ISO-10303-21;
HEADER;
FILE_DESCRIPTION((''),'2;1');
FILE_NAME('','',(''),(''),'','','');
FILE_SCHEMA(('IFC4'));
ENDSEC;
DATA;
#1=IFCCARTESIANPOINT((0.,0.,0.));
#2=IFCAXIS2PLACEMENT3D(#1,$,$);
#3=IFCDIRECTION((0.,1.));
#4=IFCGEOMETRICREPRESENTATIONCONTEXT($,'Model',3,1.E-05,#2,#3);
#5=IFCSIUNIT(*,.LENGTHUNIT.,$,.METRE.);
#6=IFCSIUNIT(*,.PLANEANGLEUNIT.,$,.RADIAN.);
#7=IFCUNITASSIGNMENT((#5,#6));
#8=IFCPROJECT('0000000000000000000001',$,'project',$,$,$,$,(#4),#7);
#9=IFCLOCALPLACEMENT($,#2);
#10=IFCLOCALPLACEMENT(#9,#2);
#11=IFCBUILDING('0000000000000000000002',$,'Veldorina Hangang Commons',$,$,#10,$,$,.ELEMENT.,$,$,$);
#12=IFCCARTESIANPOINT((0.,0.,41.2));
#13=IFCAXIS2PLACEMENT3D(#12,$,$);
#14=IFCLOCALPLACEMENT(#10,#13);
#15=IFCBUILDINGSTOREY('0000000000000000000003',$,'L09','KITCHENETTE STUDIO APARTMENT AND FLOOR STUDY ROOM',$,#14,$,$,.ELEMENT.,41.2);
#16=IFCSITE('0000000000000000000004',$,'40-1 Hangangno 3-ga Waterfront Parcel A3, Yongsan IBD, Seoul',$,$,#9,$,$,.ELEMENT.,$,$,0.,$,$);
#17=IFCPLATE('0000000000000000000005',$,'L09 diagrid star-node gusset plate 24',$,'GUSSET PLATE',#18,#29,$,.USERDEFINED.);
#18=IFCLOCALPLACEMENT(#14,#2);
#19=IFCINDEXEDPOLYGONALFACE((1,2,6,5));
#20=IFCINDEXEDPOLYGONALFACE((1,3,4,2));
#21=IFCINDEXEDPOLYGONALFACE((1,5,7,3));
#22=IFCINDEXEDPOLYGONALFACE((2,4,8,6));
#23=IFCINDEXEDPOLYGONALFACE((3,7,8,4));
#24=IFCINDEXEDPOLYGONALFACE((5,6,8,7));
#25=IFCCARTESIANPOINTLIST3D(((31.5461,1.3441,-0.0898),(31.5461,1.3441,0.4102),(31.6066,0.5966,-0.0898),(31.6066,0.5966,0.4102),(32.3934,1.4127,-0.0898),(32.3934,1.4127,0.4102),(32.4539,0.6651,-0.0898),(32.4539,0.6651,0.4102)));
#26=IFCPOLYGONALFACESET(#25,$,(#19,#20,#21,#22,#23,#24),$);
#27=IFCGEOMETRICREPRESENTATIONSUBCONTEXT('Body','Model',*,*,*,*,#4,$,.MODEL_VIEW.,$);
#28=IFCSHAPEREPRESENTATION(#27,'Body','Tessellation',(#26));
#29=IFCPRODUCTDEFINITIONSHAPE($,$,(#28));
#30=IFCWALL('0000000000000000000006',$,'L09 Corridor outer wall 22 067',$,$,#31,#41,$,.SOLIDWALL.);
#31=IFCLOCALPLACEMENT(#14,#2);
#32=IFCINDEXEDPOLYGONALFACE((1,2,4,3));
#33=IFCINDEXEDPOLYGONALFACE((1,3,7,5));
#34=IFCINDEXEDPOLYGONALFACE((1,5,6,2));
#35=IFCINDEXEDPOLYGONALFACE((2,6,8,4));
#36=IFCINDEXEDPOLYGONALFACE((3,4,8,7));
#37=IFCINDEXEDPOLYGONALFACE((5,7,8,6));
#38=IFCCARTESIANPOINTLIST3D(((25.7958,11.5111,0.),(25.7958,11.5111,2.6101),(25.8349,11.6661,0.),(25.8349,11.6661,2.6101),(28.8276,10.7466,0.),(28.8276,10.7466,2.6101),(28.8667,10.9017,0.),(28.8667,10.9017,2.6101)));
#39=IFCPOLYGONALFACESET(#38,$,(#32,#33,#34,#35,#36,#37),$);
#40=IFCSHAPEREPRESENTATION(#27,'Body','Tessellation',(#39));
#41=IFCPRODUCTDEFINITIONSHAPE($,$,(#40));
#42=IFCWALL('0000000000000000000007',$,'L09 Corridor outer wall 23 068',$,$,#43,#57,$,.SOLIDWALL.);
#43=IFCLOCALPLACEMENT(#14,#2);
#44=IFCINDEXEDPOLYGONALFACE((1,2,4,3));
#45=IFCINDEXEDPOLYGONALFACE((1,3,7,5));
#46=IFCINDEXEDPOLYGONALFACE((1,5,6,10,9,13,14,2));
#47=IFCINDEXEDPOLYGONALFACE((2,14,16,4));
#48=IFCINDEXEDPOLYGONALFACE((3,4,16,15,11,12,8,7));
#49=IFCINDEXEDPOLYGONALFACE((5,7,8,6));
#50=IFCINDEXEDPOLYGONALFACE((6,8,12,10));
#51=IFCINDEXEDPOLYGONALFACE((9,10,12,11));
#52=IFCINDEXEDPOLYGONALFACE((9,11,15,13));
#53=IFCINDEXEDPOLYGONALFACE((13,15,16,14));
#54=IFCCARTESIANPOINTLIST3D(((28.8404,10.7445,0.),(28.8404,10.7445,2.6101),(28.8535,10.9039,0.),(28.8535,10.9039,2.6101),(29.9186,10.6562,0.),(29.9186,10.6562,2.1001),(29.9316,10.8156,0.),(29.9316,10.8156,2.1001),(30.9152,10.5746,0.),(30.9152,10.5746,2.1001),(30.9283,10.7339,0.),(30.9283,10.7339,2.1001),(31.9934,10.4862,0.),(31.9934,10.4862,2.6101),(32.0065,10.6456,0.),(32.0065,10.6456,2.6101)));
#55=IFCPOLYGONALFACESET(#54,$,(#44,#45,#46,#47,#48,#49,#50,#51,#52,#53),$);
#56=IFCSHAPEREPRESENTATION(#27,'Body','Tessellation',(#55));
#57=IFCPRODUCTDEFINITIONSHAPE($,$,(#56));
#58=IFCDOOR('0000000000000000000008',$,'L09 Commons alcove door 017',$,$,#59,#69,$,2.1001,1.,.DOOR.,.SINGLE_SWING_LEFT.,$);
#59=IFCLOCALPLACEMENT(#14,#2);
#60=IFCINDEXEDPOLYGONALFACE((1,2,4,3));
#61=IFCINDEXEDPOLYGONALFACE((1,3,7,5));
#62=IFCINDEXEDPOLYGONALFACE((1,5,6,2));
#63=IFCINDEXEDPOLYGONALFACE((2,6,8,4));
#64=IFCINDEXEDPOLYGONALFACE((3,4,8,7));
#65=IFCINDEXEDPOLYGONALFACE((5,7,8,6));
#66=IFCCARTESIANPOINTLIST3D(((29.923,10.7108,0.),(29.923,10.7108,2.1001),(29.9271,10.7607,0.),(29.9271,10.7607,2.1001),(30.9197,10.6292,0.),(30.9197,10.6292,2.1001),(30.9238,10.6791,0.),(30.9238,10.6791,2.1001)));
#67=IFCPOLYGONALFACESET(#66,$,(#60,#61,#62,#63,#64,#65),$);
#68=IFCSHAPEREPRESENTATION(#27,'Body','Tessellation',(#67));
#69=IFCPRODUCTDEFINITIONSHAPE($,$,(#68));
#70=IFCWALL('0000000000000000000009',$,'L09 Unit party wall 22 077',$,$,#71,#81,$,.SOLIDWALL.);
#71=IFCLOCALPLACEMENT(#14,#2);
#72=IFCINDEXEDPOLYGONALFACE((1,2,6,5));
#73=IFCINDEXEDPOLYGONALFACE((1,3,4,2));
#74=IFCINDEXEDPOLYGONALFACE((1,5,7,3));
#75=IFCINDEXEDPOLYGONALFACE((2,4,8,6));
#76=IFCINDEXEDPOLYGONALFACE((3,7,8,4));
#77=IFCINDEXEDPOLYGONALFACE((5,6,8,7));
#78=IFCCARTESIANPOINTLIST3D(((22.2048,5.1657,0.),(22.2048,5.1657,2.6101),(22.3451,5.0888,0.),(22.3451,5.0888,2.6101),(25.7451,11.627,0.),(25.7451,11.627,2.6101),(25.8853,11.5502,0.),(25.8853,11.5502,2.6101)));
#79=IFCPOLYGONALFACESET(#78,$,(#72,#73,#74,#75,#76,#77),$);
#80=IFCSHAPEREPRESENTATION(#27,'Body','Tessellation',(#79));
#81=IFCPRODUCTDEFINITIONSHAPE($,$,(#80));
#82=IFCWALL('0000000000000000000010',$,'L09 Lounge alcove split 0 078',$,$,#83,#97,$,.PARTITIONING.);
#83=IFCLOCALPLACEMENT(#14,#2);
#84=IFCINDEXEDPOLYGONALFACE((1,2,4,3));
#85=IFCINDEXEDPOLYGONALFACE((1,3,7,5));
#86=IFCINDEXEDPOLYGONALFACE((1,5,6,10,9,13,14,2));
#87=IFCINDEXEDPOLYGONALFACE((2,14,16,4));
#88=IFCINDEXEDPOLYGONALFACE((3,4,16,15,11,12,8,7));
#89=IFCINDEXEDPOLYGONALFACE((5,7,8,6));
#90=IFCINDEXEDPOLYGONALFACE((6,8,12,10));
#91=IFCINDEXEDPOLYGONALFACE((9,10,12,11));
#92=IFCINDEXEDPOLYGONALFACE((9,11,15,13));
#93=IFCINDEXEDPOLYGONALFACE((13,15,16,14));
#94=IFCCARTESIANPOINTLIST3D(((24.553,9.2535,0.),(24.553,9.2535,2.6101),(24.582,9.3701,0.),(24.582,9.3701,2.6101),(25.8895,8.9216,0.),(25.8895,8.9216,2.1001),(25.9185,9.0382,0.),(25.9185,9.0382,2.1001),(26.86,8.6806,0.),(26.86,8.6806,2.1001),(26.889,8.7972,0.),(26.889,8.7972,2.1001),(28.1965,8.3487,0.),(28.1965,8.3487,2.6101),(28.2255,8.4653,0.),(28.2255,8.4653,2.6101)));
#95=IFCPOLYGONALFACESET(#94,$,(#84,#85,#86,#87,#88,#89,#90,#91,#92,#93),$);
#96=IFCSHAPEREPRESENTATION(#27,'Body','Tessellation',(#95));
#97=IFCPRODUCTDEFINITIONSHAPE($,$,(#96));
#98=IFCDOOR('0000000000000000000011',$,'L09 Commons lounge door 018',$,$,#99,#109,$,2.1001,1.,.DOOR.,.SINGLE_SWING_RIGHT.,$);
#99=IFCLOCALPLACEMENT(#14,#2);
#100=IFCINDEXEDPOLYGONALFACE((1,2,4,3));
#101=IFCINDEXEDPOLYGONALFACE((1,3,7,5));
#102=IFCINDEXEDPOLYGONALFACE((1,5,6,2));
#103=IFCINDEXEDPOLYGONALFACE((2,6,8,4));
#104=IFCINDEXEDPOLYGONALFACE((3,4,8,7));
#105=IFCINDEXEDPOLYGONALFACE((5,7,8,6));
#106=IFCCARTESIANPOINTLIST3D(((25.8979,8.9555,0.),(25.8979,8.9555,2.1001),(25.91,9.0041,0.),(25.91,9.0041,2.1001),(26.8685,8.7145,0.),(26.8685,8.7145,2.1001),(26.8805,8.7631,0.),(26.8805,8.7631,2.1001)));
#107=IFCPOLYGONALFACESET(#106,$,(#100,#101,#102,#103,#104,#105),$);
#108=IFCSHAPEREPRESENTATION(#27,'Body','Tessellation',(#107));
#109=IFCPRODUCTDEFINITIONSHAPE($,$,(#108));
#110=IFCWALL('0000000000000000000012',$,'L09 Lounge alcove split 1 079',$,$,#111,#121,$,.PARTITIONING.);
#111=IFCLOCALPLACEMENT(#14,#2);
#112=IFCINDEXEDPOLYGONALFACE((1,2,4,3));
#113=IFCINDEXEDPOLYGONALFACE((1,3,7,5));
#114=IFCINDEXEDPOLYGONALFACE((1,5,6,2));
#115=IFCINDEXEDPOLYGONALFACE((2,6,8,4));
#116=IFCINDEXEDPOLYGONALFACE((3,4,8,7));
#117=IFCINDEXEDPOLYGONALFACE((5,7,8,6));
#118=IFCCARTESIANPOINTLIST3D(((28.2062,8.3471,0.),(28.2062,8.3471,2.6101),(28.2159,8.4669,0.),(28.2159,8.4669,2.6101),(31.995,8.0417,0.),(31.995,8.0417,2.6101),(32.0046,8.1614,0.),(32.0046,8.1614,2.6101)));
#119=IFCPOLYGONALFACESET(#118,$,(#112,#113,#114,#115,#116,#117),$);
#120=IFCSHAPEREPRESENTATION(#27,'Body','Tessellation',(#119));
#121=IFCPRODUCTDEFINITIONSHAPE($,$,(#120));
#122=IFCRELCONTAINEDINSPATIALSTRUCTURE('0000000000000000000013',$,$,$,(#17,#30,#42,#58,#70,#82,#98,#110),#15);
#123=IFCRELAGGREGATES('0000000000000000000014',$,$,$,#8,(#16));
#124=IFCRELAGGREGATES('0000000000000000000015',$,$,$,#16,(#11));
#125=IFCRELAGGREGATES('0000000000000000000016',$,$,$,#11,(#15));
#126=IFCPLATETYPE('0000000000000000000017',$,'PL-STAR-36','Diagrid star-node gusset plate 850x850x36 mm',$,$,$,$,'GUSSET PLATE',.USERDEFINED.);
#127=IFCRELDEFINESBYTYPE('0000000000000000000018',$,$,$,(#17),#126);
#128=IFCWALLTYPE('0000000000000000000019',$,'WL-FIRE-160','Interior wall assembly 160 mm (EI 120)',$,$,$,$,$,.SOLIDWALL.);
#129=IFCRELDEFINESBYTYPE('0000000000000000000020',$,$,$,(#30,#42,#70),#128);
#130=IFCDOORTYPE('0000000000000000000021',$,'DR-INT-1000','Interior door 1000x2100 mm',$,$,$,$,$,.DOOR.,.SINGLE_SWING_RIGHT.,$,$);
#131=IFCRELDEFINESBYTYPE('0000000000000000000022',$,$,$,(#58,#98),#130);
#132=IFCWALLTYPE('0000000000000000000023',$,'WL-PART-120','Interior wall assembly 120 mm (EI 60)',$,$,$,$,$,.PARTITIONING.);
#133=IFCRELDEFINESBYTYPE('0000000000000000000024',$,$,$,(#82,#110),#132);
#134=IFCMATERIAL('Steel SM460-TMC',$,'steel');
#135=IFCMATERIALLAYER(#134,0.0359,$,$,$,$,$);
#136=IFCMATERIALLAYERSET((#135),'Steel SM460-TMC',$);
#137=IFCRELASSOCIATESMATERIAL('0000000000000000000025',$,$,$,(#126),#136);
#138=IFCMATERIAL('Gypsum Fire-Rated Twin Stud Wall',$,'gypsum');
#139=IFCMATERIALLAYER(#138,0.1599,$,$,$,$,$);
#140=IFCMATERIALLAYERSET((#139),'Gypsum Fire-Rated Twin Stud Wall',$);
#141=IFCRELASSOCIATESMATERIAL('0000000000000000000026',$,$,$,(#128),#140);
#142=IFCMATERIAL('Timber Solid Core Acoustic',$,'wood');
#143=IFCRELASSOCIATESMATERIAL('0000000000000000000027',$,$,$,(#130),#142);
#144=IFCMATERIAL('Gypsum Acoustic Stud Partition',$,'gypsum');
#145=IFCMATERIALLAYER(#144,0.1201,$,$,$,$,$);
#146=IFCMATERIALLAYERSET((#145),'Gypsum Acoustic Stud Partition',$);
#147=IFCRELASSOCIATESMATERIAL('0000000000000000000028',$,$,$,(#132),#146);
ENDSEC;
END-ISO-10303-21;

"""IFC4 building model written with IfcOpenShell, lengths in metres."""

from ifc_helpers import new_model, si_unit, direction, frame, frame_2d, origin, origin_2d, place, context, subcontext, project, spatial, rectangle, extrude, material, layer, layer_set, type_object, element, fill, save


model = new_model("IFC4")

# Units and contexts
model_context = context("Model", 3, precision=1e-05, world=origin(), true_north=direction((0.0, 1.0)))
body_context = subcontext(model_context, "Body", "Model", "MODEL_VIEW")
ifc_project = project(units=[si_unit("LENGTHUNIT", "METRE"), si_unit("PLANEANGLEUNIT", "RADIAN")], contexts=[model_context])

# Site, building, storey
site_placement = place(None, origin())
site = spatial("IfcSite", under=ifc_project, at=site_placement, Name="40-1 Hangangno 3-ga Waterfront Parcel A3, Yongsan IBD, Seoul", CompositionType="ELEMENT", RefElevation=0.0)
building_placement = place(site_placement, origin())
building = spatial("IfcBuilding", under=site, at=building_placement, Name="Veldorina Hangang Commons", CompositionType="ELEMENT")
storey_placement = place(building_placement, frame((0.0, 0.0, 41.2)))
storey = spatial("IfcBuildingStorey", under=building, at=storey_placement, Name="L09", Description="KITCHENETTE STUDIO APARTMENT AND FLOOR STUDY ROOM", CompositionType="ELEMENT", Elevation=41.2)

# Shared definitions
ifc_material_1 = material(Name="Steel SM460-TMC", Category="steel")

# Plate
ifc_layer_1 = layer(ifc_material_1, 0.0359)
ifc_layer_set_1 = layer_set([ifc_layer_1], Name="Steel SM460-TMC")
plate_type_1 = type_object("IfcPlateType", Name="PL-STAR-36", Description="Diagrid star-node gusset plate 850x850x36 mm", ElementType="GUSSET PLATE", PredefinedType="USERDEFINED", material=ifc_layer_set_1)
plate_1_placement = place(storey_placement, frame((32.0, 1.0046, -0.0898), z_axis=(0.0, 0.0, 1.0), x_axis=(0.996742, 0.080651, 0.0)))
element("IfcPlate", 1, at=plate_1_placement, inside=storey, type_object=plate_type_1, Name="L09 diagrid star-node gusset plate 24", ObjectType="GUSSET PLATE", PredefinedType="USERDEFINED", context=body_context, shape_type="SweptSolid", body=[
    extrude(rectangle(XDim=0.8501, YDim=0.75, at=origin_2d()), origin(), (0.0, 0.0, 1.0), 0.5),
])

# Wall
ifc_material_2 = material(Name="Gypsum Fire-Rated Twin Stud Wall", Category="gypsum")
ifc_layer_2 = layer(ifc_material_2, 0.1599)
ifc_layer_set_2 = layer_set([ifc_layer_2], Name="Gypsum Fire-Rated Twin Stud Wall")
wall_type_1 = type_object("IfcWallType", Name="WL-FIRE-160", Description="Interior wall assembly 160 mm (EI 120)", PredefinedType="SOLIDWALL", material=ifc_layer_set_2)
wall_1_placement = place(storey_placement, frame((25.8152, 11.5886, 0.0), z_axis=(0.0, 0.0, 1.0), x_axis=(0.969654, -0.244483, 0.0)))
element("IfcWall", 2, at=wall_1_placement, inside=storey, type_object=wall_type_1, Name="L09 Corridor outer wall 22 067", PredefinedType="SOLIDWALL", context=body_context, shape_type="SweptSolid", body=[
    extrude(rectangle(XDim=3.1267, YDim=0.1599, at=frame_2d((1.5635, 0.0))), origin(), (0.0, 0.0, 1.0), 2.6101),
])

# Wall, opening, door
wall_2_placement = place(storey_placement, frame((28.8469, 10.8242, 0.0), z_axis=(0.0, 0.0, 1.0), x_axis=(0.996661, -0.081647, 0.0)))
wall_2 = element("IfcWall", 3, at=wall_2_placement, inside=storey, type_object=wall_type_1, Name="L09 Corridor outer wall 23 068", PredefinedType="SOLIDWALL", context=body_context, shape_type="SweptSolid", body=[
    extrude(rectangle(XDim=3.1636, YDim=0.1599, at=frame_2d((1.5818, 0.0))), origin(), (0.0, 0.0, 1.0), 2.6101),
])
opening_1_placement = place(wall_2_placement, frame((1.0818, 0.0, 0.0)))
opening_1 = element("IfcOpeningElement", 4, at=opening_1_placement, cuts=wall_2, PredefinedType="OPENING", context=body_context, shape_type="SweptSolid", body=[
    extrude(rectangle(XDim=1.0, YDim=2.1001, at=frame_2d((0.5, 1.05))), frame((0.0, 0.0898, 0.0), z_axis=(0.0, -1.0, 0.0), x_axis=(1.0, 0.0, 0.0)), (0.0, 0.0, 1.0), 0.1799),
])
ifc_material_3 = material(Name="Timber Solid Core Acoustic", Category="wood")
door_type_1 = type_object("IfcDoorType", Name="DR-INT-1000", Description="Interior door 1000x2100 mm", OperationType="SINGLE_SWING_RIGHT", PredefinedType="DOOR", material=ifc_material_3)
door_1_placement = place(opening_1_placement, origin())
door_1 = element("IfcDoor", 5, at=door_1_placement, inside=storey, type_object=door_type_1, Name="L09 Commons alcove door 017", OperationType="SINGLE_SWING_LEFT", OverallHeight=2.1001, OverallWidth=1.0, PredefinedType="DOOR", context=body_context, shape_type="SweptSolid", body=[
    extrude(rectangle(XDim=1.0, YDim=2.1001, at=frame_2d((0.5, 1.05))), frame((0.0, 0.0249, 0.0), z_axis=(0.0, -1.0, 0.0), x_axis=(1.0, 0.0, 0.0)), (0.0, 0.0, 1.0), 0.05),
])
fill(opening_1, door_1)

# Wall
wall_3_placement = place(storey_placement, frame((25.8152, 11.5886, 0.0), z_axis=(0.0, 0.0, 1.0), x_axis=(-0.480511, -0.876989, 0.0)))
element("IfcWall", 6, at=wall_3_placement, inside=storey, type_object=wall_type_1, Name="L09 Unit party wall 22 077", PredefinedType="SOLIDWALL", context=body_context, shape_type="SweptSolid", body=[
    extrude(rectangle(XDim=7.3677, YDim=0.1599, at=frame_2d((3.6838, 0.0))), origin(), (0.0, 0.0, 1.0), 2.6101),
])

# Wall, opening, door
ifc_material_4 = material(Name="Gypsum Acoustic Stud Partition", Category="gypsum")
ifc_layer_3 = layer(ifc_material_4, 0.1201)
ifc_layer_set_3 = layer_set([ifc_layer_3], Name="Gypsum Acoustic Stud Partition")
wall_type_2 = type_object("IfcWallType", Name="WL-PART-120", Description="Interior wall assembly 120 mm (EI 60)", PredefinedType="PARTITIONING", material=ifc_layer_set_3)
wall_4_placement = place(storey_placement, frame((24.5676, 9.3118, 0.0), z_axis=(0.0, 0.0, 1.0), x_axis=(0.970524, -0.241005, 0.0)))
wall_4 = element("IfcWall", 7, at=wall_4_placement, inside=storey, type_object=wall_type_2, Name="L09 Lounge alcove split 0 078", PredefinedType="PARTITIONING", context=body_context, shape_type="SweptSolid", body=[
    extrude(rectangle(XDim=3.7542, YDim=0.1201, at=frame_2d((1.877, 0.0))), origin(), (0.0, 0.0, 1.0), 2.6101),
])
opening_2_placement = place(wall_4_placement, frame((1.377, 0.0, 0.0)))
opening_2 = element("IfcOpeningElement", 8, at=opening_2_placement, cuts=wall_4, PredefinedType="OPENING", context=body_context, shape_type="SweptSolid", body=[
    extrude(rectangle(XDim=1.0, YDim=2.1001, at=frame_2d((0.5, 1.05))), frame((0.0, 0.0701, 0.0), z_axis=(0.0, -1.0, 0.0), x_axis=(1.0, 0.0, 0.0)), (0.0, 0.0, 1.0), 0.1401),
])
door_2_placement = place(opening_2_placement, origin())
door_2 = element("IfcDoor", 9, at=door_2_placement, inside=storey, type_object=door_type_1, Name="L09 Commons lounge door 018", OperationType="SINGLE_SWING_RIGHT", OverallHeight=2.1001, OverallWidth=1.0, PredefinedType="DOOR", context=body_context, shape_type="SweptSolid", body=[
    extrude(rectangle(XDim=1.0, YDim=2.1001, at=frame_2d((0.5, 1.05))), frame((0.0, 0.0249, 0.0), z_axis=(0.0, -1.0, 0.0), x_axis=(1.0, 0.0, 0.0)), (0.0, 0.0, 1.0), 0.05),
])
fill(opening_2, door_2)

# Wall
wall_5_placement = place(storey_placement, frame((28.2112, 8.407, 0.0), z_axis=(0.0, 0.0, 1.0), x_axis=(0.996767, -0.08035, 0.0)))
element("IfcWall", 10, at=wall_5_placement, inside=storey, type_object=wall_type_2, Name="L09 Lounge alcove split 1 079", PredefinedType="PARTITIONING", context=body_context, shape_type="SweptSolid", body=[
    extrude(rectangle(XDim=3.801, YDim=0.1201, at=frame_2d((1.9004, 0.0))), origin(), (0.0, 0.0, 1.0), 2.6101),
])

save(model, "model.ifc")
